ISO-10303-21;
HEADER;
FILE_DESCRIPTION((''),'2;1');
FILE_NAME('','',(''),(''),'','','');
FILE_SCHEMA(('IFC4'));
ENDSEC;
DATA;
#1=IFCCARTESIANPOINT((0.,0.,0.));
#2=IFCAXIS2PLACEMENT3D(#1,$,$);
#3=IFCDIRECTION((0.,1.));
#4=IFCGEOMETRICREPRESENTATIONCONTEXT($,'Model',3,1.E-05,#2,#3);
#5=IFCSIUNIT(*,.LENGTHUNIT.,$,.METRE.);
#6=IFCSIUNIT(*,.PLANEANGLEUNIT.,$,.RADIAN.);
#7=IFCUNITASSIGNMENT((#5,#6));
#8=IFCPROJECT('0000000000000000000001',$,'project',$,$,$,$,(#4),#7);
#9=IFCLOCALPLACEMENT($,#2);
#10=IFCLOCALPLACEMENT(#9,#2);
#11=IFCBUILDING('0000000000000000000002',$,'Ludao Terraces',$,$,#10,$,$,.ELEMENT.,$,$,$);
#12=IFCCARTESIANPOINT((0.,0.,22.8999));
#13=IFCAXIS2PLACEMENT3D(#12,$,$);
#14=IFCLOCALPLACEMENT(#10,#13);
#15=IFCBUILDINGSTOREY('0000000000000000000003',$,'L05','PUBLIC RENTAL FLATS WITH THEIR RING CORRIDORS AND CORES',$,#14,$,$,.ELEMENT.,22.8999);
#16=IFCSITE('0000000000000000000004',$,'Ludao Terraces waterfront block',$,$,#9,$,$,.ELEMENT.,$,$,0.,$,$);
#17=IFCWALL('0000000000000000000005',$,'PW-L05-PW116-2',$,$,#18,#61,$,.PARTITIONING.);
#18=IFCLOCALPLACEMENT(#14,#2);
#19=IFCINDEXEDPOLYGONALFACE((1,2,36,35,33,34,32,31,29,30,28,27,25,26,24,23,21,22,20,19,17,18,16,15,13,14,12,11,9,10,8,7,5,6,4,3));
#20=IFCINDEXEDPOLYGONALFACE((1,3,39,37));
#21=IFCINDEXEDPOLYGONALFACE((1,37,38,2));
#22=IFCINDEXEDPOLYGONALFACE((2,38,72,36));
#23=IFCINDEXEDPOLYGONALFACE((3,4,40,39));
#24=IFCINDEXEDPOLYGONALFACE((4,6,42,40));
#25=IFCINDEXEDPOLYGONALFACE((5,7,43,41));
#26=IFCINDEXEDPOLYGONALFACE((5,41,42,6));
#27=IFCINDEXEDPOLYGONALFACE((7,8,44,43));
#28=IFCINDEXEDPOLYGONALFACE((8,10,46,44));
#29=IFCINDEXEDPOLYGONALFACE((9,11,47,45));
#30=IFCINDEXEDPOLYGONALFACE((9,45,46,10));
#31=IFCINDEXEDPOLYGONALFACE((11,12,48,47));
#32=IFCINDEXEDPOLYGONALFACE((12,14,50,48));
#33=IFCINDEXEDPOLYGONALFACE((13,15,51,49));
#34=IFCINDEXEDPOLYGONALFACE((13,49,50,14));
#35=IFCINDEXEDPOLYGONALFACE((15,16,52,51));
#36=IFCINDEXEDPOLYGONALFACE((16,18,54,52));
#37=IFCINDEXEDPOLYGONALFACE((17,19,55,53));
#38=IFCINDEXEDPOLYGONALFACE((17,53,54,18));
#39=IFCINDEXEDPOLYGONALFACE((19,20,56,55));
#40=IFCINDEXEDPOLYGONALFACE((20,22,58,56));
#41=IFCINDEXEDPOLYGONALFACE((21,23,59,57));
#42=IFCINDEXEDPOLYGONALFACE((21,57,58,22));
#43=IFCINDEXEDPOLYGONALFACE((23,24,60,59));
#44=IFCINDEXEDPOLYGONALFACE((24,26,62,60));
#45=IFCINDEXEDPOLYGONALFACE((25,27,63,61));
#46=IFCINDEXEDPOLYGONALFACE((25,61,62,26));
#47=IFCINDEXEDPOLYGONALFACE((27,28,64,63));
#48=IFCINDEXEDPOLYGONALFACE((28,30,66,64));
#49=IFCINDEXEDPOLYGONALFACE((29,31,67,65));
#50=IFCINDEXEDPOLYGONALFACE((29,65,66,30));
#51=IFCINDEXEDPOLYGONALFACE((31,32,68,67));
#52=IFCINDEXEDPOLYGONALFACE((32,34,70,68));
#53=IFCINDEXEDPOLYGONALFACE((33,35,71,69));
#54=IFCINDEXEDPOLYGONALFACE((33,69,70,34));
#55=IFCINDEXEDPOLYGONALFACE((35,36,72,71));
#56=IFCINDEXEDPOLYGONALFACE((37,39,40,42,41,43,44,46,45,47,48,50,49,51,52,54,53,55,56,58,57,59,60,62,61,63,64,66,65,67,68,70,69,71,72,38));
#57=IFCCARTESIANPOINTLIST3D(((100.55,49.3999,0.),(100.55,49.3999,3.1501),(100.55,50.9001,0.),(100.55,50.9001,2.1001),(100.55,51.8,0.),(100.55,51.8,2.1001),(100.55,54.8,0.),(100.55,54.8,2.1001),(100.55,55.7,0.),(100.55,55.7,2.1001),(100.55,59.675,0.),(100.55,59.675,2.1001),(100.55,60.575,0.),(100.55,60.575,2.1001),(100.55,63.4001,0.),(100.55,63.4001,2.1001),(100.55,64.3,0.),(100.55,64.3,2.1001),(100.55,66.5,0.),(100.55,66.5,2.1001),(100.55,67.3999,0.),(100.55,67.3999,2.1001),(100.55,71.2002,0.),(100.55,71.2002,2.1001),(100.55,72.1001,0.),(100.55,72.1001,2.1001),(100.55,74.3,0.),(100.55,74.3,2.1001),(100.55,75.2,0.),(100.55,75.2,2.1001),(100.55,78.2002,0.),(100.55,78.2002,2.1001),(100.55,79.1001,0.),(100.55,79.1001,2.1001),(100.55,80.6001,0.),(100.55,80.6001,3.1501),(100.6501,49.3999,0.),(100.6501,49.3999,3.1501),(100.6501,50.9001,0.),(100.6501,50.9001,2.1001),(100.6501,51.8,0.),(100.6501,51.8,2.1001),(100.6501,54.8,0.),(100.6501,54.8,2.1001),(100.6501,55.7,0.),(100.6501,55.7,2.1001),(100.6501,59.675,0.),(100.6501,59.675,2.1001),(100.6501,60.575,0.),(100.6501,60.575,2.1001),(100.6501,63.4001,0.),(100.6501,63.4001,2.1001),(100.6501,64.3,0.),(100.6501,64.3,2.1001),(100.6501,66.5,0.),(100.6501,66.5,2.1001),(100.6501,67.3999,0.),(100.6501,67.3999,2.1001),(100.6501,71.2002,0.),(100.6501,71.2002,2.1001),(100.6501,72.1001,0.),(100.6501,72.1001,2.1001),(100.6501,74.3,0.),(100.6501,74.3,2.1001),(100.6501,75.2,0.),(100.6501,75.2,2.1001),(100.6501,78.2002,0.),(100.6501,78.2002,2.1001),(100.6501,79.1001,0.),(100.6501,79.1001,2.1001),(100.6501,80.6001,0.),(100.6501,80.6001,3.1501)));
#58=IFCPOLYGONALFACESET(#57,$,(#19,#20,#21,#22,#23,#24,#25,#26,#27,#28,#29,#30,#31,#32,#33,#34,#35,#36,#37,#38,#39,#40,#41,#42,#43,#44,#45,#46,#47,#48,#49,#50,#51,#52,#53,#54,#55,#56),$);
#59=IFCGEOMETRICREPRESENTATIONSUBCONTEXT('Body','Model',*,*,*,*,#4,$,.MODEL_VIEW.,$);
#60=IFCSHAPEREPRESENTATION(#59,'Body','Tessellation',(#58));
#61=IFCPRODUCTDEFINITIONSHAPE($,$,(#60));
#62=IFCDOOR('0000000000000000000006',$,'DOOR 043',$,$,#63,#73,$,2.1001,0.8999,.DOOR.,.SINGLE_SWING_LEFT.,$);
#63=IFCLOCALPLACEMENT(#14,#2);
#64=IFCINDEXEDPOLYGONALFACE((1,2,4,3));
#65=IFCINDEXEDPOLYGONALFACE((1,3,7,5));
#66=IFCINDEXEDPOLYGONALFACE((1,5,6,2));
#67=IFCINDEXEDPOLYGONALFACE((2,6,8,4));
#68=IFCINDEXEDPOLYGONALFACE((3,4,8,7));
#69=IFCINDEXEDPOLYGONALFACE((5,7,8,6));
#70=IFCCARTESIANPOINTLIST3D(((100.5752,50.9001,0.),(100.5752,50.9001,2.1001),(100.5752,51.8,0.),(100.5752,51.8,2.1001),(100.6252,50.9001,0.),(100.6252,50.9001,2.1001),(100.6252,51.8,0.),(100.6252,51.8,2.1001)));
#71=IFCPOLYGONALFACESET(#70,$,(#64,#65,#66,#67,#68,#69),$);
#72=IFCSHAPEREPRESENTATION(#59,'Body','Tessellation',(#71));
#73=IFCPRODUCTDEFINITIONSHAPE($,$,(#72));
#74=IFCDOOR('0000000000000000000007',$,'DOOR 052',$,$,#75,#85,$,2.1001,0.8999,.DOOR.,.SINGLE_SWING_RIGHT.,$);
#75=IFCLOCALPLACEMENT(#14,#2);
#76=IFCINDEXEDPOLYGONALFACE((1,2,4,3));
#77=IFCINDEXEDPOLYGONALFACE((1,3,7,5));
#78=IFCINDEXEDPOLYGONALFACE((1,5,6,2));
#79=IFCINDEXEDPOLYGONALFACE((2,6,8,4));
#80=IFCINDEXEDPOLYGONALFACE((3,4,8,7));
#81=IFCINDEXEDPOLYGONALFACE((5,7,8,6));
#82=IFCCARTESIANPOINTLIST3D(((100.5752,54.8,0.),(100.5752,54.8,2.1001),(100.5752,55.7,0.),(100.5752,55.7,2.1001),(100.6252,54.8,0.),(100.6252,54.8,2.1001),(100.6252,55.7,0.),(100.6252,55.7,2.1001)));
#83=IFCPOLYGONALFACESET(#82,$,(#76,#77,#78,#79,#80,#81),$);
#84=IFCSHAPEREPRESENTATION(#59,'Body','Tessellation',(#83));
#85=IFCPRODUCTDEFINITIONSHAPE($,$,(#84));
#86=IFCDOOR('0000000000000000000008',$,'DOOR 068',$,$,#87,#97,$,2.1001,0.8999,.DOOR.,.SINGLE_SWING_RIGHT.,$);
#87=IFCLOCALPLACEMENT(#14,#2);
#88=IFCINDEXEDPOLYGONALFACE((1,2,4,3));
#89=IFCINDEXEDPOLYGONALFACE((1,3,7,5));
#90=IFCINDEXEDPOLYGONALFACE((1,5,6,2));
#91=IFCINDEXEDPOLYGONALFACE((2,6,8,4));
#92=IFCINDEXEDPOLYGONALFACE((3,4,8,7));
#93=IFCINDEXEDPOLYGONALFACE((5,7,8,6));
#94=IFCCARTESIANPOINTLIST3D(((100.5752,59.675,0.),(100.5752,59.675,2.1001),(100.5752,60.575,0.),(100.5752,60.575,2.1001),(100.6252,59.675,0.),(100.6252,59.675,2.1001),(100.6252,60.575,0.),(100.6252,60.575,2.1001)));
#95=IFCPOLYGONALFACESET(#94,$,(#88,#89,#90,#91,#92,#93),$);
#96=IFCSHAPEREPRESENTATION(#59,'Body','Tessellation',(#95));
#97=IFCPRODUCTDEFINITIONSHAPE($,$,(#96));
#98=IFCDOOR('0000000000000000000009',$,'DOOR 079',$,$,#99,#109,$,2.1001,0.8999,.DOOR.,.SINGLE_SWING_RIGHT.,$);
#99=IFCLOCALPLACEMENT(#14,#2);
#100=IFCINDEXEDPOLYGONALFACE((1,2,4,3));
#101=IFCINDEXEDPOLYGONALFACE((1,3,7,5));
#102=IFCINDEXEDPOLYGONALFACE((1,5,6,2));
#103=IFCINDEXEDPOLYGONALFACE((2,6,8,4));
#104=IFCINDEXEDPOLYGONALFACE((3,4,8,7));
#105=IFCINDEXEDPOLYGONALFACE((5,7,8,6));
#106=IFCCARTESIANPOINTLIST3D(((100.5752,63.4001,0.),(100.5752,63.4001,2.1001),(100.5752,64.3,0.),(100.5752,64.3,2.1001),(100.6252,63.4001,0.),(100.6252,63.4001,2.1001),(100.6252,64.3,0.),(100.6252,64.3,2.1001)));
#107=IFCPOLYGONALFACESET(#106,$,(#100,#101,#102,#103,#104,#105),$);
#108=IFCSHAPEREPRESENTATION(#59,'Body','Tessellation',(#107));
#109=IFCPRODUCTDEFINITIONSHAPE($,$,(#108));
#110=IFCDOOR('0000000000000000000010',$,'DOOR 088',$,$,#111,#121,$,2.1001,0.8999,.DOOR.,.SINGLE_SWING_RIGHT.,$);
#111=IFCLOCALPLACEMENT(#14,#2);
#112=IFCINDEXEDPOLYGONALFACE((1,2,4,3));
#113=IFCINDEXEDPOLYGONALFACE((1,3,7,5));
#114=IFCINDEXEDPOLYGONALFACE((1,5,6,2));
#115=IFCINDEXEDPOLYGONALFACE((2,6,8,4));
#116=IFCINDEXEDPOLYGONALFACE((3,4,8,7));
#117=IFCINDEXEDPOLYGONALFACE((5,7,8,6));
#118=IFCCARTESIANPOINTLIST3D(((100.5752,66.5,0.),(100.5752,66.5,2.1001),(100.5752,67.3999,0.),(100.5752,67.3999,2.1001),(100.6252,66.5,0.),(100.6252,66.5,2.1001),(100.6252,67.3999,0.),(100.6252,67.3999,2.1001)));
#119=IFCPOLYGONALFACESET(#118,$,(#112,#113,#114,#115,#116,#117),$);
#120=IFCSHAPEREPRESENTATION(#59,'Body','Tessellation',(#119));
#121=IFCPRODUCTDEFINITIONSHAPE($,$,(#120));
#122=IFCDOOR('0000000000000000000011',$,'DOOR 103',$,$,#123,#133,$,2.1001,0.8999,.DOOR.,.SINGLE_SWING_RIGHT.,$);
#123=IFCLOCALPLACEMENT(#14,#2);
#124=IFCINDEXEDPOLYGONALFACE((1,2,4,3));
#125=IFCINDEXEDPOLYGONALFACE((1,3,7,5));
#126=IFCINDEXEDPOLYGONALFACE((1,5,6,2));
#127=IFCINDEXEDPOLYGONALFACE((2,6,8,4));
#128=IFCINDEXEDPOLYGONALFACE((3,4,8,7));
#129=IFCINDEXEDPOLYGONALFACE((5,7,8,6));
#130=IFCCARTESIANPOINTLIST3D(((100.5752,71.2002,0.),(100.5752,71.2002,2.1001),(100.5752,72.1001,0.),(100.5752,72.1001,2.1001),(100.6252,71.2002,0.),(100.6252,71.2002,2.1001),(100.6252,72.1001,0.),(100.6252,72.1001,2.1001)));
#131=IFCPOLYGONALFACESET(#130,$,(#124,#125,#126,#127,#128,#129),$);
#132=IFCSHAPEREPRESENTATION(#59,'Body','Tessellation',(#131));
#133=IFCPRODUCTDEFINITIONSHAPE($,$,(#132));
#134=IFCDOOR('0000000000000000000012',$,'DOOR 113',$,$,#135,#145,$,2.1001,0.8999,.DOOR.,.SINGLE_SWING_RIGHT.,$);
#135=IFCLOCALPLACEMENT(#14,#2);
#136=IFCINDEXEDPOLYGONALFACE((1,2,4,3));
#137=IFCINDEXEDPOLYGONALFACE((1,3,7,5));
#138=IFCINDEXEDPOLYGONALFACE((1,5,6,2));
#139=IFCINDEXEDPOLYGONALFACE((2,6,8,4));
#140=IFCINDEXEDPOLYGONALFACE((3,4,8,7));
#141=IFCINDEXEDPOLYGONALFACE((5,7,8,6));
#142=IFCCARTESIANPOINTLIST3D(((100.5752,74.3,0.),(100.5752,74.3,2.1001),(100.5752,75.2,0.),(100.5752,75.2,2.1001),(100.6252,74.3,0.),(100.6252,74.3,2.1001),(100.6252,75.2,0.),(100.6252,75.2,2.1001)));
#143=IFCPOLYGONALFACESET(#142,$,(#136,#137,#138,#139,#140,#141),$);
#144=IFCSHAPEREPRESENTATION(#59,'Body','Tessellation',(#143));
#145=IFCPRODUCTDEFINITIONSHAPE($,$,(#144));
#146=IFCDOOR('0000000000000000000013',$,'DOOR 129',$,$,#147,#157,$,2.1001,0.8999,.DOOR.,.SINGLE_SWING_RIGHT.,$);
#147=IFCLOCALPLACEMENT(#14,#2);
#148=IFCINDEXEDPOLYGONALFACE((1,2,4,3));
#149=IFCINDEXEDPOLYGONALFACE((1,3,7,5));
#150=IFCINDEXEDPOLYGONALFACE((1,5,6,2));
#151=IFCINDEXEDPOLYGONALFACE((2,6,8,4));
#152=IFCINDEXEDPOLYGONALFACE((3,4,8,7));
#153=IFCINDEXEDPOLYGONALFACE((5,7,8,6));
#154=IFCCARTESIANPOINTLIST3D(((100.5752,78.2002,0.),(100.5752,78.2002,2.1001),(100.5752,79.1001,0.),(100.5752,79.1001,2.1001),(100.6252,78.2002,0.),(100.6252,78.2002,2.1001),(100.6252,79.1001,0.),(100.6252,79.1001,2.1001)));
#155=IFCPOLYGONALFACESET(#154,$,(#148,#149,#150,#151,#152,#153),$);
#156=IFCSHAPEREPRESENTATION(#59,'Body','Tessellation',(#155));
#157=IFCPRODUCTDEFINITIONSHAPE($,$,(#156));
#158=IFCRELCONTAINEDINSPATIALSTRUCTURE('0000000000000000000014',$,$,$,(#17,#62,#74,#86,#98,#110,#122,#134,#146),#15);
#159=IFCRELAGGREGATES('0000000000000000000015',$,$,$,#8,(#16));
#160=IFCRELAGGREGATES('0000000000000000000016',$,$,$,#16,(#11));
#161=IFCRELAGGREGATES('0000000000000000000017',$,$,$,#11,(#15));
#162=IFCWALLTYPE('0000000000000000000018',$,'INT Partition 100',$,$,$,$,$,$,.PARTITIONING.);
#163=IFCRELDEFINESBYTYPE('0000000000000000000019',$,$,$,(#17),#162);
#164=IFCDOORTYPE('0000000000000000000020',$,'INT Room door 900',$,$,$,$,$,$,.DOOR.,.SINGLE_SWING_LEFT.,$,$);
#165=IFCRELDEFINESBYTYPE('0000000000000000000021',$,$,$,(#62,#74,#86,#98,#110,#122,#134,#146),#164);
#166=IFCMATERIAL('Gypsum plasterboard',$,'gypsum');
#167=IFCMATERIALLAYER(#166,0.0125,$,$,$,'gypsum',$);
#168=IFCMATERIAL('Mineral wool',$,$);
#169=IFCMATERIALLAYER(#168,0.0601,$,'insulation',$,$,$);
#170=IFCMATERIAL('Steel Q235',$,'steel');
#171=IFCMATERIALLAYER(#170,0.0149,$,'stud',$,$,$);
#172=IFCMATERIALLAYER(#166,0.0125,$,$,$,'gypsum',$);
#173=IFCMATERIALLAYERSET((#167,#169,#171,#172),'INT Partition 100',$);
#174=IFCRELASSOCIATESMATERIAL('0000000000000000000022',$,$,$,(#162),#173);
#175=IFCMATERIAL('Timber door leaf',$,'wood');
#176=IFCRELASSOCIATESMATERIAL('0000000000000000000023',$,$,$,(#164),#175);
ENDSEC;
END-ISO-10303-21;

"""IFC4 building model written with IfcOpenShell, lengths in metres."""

from ifc_helpers import new_model, si_unit, direction, frame, frame_2d, origin, place, context, subcontext, project, spatial, rectangle, extrude, material, layer, layer_set, type_object, element, fill, save


model = new_model("IFC4")

# Units and contexts
model_context = context("Model", 3, precision=1e-05, world=origin(), true_north=direction((0.0, 1.0)))
body_context = subcontext(model_context, "Body", "Model", "MODEL_VIEW")
ifc_project = project(units=[si_unit("LENGTHUNIT", "METRE"), si_unit("PLANEANGLEUNIT", "RADIAN")], contexts=[model_context])

# Site, building, storey
site_placement = place(None, origin())
site = spatial("IfcSite", under=ifc_project, at=site_placement, Name="Ludao Terraces waterfront block", CompositionType="ELEMENT", RefElevation=0.0)
building_placement = place(site_placement, origin())
building = spatial("IfcBuilding", under=site, at=building_placement, Name="Ludao Terraces", CompositionType="ELEMENT")
storey_placement = place(building_placement, frame((0.0, 0.0, 22.8999)))
storey = spatial("IfcBuildingStorey", under=building, at=storey_placement, Name="L05", Description="PUBLIC RENTAL FLATS WITH THEIR RING CORRIDORS AND CORES", CompositionType="ELEMENT", Elevation=22.8999)

# Shared definitions
ifc_material_1 = material(Name="Mineral wool")

# Wall, openings, doors
ifc_material_2 = material(Name="Gypsum plasterboard", Category="gypsum")
ifc_layer_1 = layer(ifc_material_2, 0.0125, Category="gypsum")
ifc_layer_2 = layer(ifc_material_1, 0.0601, Name="insulation")
ifc_material_3 = material(Name="Steel Q235", Category="steel")
ifc_layer_3 = layer(ifc_material_3, 0.0149, Name="stud")
ifc_layer_4 = layer(ifc_material_2, 0.0125, Category="gypsum")
ifc_layer_set_1 = layer_set([ifc_layer_1, ifc_layer_2, ifc_layer_3, ifc_layer_4], Name="INT Partition 100")
wall_type_1 = type_object("IfcWallType", Name="INT Partition 100", PredefinedType="PARTITIONING", material=ifc_layer_set_1)
wall_1_placement = place(storey_placement, frame((100.6001, 49.3999, 0.0), z_axis=(0.0, 0.0, 1.0), x_axis=(0.0, 1.0, 0.0)))
wall_1 = element("IfcWall", 1, at=wall_1_placement, inside=storey, type_object=wall_type_1, Name="PW-L05-PW116-2", PredefinedType="PARTITIONING", context=body_context, shape_type="SweptSolid", body=[
    extrude(rectangle(XDim=31.2002, YDim=0.1001, at=frame_2d((15.6001, 0.0))), origin(), (0.0, 0.0, 1.0), 3.1501),
])
opening_1_placement = place(wall_1_placement, frame((1.5002, 0.0, 0.0)))
opening_1 = element("IfcOpeningElement", 2, at=opening_1_placement, cuts=wall_1, PredefinedType="OPENING", context=body_context, shape_type="SweptSolid", body=[
    extrude(rectangle(XDim=0.8999, YDim=2.1001, at=frame_2d((0.45, 1.05))), frame((0.0, 0.0601, 0.0), z_axis=(0.0, -1.0, 0.0), x_axis=(1.0, 0.0, 0.0)), (0.0, 0.0, 1.0), 0.1201),
])
opening_2_placement = place(wall_1_placement, frame((5.4001, 0.0, 0.0)))
opening_2 = element("IfcOpeningElement", 3, at=opening_2_placement, cuts=wall_1, PredefinedType="OPENING", context=body_context, shape_type="SweptSolid", body=[
    extrude(rectangle(XDim=0.8999, YDim=2.1001, at=frame_2d((0.45, 1.05))), frame((0.0, 0.0601, 0.0), z_axis=(0.0, -1.0, 0.0), x_axis=(1.0, 0.0, 0.0)), (0.0, 0.0, 1.0), 0.1201),
])
opening_3_placement = place(wall_1_placement, frame((10.2751, 0.0, 0.0)))
opening_3 = element("IfcOpeningElement", 4, at=opening_3_placement, cuts=wall_1, PredefinedType="OPENING", context=body_context, shape_type="SweptSolid", body=[
    extrude(rectangle(XDim=0.8999, YDim=2.1001, at=frame_2d((0.45, 1.05))), frame((0.0, 0.0601, 0.0), z_axis=(0.0, -1.0, 0.0), x_axis=(1.0, 0.0, 0.0)), (0.0, 0.0, 1.0), 0.1201),
])
opening_4_placement = place(wall_1_placement, frame((14.0002, 0.0, 0.0)))
opening_4 = element("IfcOpeningElement", 5, at=opening_4_placement, cuts=wall_1, PredefinedType="OPENING", context=body_context, shape_type="SweptSolid", body=[
    extrude(rectangle(XDim=0.8999, YDim=2.1001, at=frame_2d((0.45, 1.05))), frame((0.0, 0.0601, 0.0), z_axis=(0.0, -1.0, 0.0), x_axis=(1.0, 0.0, 0.0)), (0.0, 0.0, 1.0), 0.1201),
])
opening_5_placement = place(wall_1_placement, frame((17.1001, 0.0, 0.0)))
opening_5 = element("IfcOpeningElement", 6, at=opening_5_placement, cuts=wall_1, PredefinedType="OPENING", context=body_context, shape_type="SweptSolid", body=[
    extrude(rectangle(XDim=0.8999, YDim=2.1001, at=frame_2d((0.45, 1.05))), frame((0.0, 0.0601, 0.0), z_axis=(0.0, -1.0, 0.0), x_axis=(1.0, 0.0, 0.0)), (0.0, 0.0, 1.0), 0.1201),
])
opening_6_placement = place(wall_1_placement, frame((21.8003, 0.0, 0.0)))
opening_6 = element("IfcOpeningElement", 7, at=opening_6_placement, cuts=wall_1, PredefinedType="OPENING", context=body_context, shape_type="SweptSolid", body=[
    extrude(rectangle(XDim=0.8999, YDim=2.1001, at=frame_2d((0.45, 1.05))), frame((0.0, 0.0601, 0.0), z_axis=(0.0, -1.0, 0.0), x_axis=(1.0, 0.0, 0.0)), (0.0, 0.0, 1.0), 0.1201),
])
opening_7_placement = place(wall_1_placement, frame((24.9001, 0.0, 0.0)))
opening_7 = element("IfcOpeningElement", 8, at=opening_7_placement, cuts=wall_1, PredefinedType="OPENING", context=body_context, shape_type="SweptSolid", body=[
    extrude(rectangle(XDim=0.8999, YDim=2.1001, at=frame_2d((0.45, 1.05))), frame((0.0, 0.0601, 0.0), z_axis=(0.0, -1.0, 0.0), x_axis=(1.0, 0.0, 0.0)), (0.0, 0.0, 1.0), 0.1201),
])
opening_8_placement = place(wall_1_placement, frame((28.8003, 0.0, 0.0)))
opening_8 = element("IfcOpeningElement", 9, at=opening_8_placement, cuts=wall_1, PredefinedType="OPENING", context=body_context, shape_type="SweptSolid", body=[
    extrude(rectangle(XDim=0.8999, YDim=2.1001, at=frame_2d((0.45, 1.05))), frame((0.0, 0.0601, 0.0), z_axis=(0.0, -1.0, 0.0), x_axis=(1.0, 0.0, 0.0)), (0.0, 0.0, 1.0), 0.1201),
])
ifc_material_4 = material(Name="Timber door leaf", Category="wood")
door_type_1 = type_object("IfcDoorType", Name="INT Room door 900", OperationType="SINGLE_SWING_LEFT", PredefinedType="DOOR", material=ifc_material_4)
door_1_placement = place(opening_1_placement, origin())
door_1 = element("IfcDoor", 10, at=door_1_placement, inside=storey, type_object=door_type_1, Name="DOOR 043", OperationType="SINGLE_SWING_LEFT", OverallHeight=2.1001, OverallWidth=0.8999, PredefinedType="DOOR", context=body_context, shape_type="SweptSolid", body=[
    extrude(rectangle(XDim=0.8999, YDim=2.1001, at=frame_2d((0.45, 1.05))), frame((0.0, 0.0249, 0.0), z_axis=(0.0, -1.0, 0.0), x_axis=(1.0, 0.0, 0.0)), (0.0, 0.0, 1.0), 0.05),
])
fill(opening_1, door_1)
door_2_placement = place(opening_2_placement, origin())
door_2 = element("IfcDoor", 11, at=door_2_placement, inside=storey, type_object=door_type_1, Name="DOOR 052", OperationType="SINGLE_SWING_RIGHT", OverallHeight=2.1001, OverallWidth=0.8999, PredefinedType="DOOR", context=body_context, shape_type="SweptSolid", body=[
    extrude(rectangle(XDim=0.8999, YDim=2.1001, at=frame_2d((0.45, 1.05))), frame((0.0, 0.0249, 0.0), z_axis=(0.0, -1.0, 0.0), x_axis=(1.0, 0.0, 0.0)), (0.0, 0.0, 1.0), 0.05),
])
fill(opening_2, door_2)
door_3_placement = place(opening_3_placement, origin())
door_3 = element("IfcDoor", 12, at=door_3_placement, inside=storey, type_object=door_type_1, Name="DOOR 068", OperationType="SINGLE_SWING_RIGHT", OverallHeight=2.1001, OverallWidth=0.8999, PredefinedType="DOOR", context=body_context, shape_type="SweptSolid", body=[
    extrude(rectangle(XDim=0.8999, YDim=2.1001, at=frame_2d((0.45, 1.05))), frame((0.0, 0.0249, 0.0), z_axis=(0.0, -1.0, 0.0), x_axis=(1.0, 0.0, 0.0)), (0.0, 0.0, 1.0), 0.05),
])
fill(opening_3, door_3)
door_4_placement = place(opening_4_placement, origin())
door_4 = element("IfcDoor", 13, at=door_4_placement, inside=storey, type_object=door_type_1, Name="DOOR 079", OperationType="SINGLE_SWING_RIGHT", OverallHeight=2.1001, OverallWidth=0.8999, PredefinedType="DOOR", context=body_context, shape_type="SweptSolid", body=[
    extrude(rectangle(XDim=0.8999, YDim=2.1001, at=frame_2d((0.45, 1.05))), frame((0.0, 0.0249, 0.0), z_axis=(0.0, -1.0, 0.0), x_axis=(1.0, 0.0, 0.0)), (0.0, 0.0, 1.0), 0.05),
])
fill(opening_4, door_4)
door_5_placement = place(opening_5_placement, origin())
door_5 = element("IfcDoor", 14, at=door_5_placement, inside=storey, type_object=door_type_1, Name="DOOR 088", OperationType="SINGLE_SWING_RIGHT", OverallHeight=2.1001, OverallWidth=0.8999, PredefinedType="DOOR", context=body_context, shape_type="SweptSolid", body=[
    extrude(rectangle(XDim=0.8999, YDim=2.1001, at=frame_2d((0.45, 1.05))), frame((0.0, 0.0249, 0.0), z_axis=(0.0, -1.0, 0.0), x_axis=(1.0, 0.0, 0.0)), (0.0, 0.0, 1.0), 0.05),
])
fill(opening_5, door_5)
door_6_placement = place(opening_6_placement, origin())
door_6 = element("IfcDoor", 15, at=door_6_placement, inside=storey, type_object=door_type_1, Name="DOOR 103", OperationType="SINGLE_SWING_RIGHT", OverallHeight=2.1001, OverallWidth=0.8999, PredefinedType="DOOR", context=body_context, shape_type="SweptSolid", body=[
    extrude(rectangle(XDim=0.8999, YDim=2.1001, at=frame_2d((0.45, 1.05))), frame((0.0, 0.0249, 0.0), z_axis=(0.0, -1.0, 0.0), x_axis=(1.0, 0.0, 0.0)), (0.0, 0.0, 1.0), 0.05),
])
fill(opening_6, door_6)
door_7_placement = place(opening_7_placement, origin())
door_7 = element("IfcDoor", 16, at=door_7_placement, inside=storey, type_object=door_type_1, Name="DOOR 113", OperationType="SINGLE_SWING_RIGHT", OverallHeight=2.1001, OverallWidth=0.8999, PredefinedType="DOOR", context=body_context, shape_type="SweptSolid", body=[
    extrude(rectangle(XDim=0.8999, YDim=2.1001, at=frame_2d((0.45, 1.05))), frame((0.0, 0.0249, 0.0), z_axis=(0.0, -1.0, 0.0), x_axis=(1.0, 0.0, 0.0)), (0.0, 0.0, 1.0), 0.05),
])
fill(opening_7, door_7)
door_8_placement = place(opening_8_placement, origin())
door_8 = element("IfcDoor", 17, at=door_8_placement, inside=storey, type_object=door_type_1, Name="DOOR 129", OperationType="SINGLE_SWING_RIGHT", OverallHeight=2.1001, OverallWidth=0.8999, PredefinedType="DOOR", context=body_context, shape_type="SweptSolid", body=[
    extrude(rectangle(XDim=0.8999, YDim=2.1001, at=frame_2d((0.45, 1.05))), frame((0.0, 0.0249, 0.0), z_axis=(0.0, -1.0, 0.0), x_axis=(1.0, 0.0, 0.0)), (0.0, 0.0, 1.0), 0.05),
])
fill(opening_8, door_8)

save(model, "model.ifc")
